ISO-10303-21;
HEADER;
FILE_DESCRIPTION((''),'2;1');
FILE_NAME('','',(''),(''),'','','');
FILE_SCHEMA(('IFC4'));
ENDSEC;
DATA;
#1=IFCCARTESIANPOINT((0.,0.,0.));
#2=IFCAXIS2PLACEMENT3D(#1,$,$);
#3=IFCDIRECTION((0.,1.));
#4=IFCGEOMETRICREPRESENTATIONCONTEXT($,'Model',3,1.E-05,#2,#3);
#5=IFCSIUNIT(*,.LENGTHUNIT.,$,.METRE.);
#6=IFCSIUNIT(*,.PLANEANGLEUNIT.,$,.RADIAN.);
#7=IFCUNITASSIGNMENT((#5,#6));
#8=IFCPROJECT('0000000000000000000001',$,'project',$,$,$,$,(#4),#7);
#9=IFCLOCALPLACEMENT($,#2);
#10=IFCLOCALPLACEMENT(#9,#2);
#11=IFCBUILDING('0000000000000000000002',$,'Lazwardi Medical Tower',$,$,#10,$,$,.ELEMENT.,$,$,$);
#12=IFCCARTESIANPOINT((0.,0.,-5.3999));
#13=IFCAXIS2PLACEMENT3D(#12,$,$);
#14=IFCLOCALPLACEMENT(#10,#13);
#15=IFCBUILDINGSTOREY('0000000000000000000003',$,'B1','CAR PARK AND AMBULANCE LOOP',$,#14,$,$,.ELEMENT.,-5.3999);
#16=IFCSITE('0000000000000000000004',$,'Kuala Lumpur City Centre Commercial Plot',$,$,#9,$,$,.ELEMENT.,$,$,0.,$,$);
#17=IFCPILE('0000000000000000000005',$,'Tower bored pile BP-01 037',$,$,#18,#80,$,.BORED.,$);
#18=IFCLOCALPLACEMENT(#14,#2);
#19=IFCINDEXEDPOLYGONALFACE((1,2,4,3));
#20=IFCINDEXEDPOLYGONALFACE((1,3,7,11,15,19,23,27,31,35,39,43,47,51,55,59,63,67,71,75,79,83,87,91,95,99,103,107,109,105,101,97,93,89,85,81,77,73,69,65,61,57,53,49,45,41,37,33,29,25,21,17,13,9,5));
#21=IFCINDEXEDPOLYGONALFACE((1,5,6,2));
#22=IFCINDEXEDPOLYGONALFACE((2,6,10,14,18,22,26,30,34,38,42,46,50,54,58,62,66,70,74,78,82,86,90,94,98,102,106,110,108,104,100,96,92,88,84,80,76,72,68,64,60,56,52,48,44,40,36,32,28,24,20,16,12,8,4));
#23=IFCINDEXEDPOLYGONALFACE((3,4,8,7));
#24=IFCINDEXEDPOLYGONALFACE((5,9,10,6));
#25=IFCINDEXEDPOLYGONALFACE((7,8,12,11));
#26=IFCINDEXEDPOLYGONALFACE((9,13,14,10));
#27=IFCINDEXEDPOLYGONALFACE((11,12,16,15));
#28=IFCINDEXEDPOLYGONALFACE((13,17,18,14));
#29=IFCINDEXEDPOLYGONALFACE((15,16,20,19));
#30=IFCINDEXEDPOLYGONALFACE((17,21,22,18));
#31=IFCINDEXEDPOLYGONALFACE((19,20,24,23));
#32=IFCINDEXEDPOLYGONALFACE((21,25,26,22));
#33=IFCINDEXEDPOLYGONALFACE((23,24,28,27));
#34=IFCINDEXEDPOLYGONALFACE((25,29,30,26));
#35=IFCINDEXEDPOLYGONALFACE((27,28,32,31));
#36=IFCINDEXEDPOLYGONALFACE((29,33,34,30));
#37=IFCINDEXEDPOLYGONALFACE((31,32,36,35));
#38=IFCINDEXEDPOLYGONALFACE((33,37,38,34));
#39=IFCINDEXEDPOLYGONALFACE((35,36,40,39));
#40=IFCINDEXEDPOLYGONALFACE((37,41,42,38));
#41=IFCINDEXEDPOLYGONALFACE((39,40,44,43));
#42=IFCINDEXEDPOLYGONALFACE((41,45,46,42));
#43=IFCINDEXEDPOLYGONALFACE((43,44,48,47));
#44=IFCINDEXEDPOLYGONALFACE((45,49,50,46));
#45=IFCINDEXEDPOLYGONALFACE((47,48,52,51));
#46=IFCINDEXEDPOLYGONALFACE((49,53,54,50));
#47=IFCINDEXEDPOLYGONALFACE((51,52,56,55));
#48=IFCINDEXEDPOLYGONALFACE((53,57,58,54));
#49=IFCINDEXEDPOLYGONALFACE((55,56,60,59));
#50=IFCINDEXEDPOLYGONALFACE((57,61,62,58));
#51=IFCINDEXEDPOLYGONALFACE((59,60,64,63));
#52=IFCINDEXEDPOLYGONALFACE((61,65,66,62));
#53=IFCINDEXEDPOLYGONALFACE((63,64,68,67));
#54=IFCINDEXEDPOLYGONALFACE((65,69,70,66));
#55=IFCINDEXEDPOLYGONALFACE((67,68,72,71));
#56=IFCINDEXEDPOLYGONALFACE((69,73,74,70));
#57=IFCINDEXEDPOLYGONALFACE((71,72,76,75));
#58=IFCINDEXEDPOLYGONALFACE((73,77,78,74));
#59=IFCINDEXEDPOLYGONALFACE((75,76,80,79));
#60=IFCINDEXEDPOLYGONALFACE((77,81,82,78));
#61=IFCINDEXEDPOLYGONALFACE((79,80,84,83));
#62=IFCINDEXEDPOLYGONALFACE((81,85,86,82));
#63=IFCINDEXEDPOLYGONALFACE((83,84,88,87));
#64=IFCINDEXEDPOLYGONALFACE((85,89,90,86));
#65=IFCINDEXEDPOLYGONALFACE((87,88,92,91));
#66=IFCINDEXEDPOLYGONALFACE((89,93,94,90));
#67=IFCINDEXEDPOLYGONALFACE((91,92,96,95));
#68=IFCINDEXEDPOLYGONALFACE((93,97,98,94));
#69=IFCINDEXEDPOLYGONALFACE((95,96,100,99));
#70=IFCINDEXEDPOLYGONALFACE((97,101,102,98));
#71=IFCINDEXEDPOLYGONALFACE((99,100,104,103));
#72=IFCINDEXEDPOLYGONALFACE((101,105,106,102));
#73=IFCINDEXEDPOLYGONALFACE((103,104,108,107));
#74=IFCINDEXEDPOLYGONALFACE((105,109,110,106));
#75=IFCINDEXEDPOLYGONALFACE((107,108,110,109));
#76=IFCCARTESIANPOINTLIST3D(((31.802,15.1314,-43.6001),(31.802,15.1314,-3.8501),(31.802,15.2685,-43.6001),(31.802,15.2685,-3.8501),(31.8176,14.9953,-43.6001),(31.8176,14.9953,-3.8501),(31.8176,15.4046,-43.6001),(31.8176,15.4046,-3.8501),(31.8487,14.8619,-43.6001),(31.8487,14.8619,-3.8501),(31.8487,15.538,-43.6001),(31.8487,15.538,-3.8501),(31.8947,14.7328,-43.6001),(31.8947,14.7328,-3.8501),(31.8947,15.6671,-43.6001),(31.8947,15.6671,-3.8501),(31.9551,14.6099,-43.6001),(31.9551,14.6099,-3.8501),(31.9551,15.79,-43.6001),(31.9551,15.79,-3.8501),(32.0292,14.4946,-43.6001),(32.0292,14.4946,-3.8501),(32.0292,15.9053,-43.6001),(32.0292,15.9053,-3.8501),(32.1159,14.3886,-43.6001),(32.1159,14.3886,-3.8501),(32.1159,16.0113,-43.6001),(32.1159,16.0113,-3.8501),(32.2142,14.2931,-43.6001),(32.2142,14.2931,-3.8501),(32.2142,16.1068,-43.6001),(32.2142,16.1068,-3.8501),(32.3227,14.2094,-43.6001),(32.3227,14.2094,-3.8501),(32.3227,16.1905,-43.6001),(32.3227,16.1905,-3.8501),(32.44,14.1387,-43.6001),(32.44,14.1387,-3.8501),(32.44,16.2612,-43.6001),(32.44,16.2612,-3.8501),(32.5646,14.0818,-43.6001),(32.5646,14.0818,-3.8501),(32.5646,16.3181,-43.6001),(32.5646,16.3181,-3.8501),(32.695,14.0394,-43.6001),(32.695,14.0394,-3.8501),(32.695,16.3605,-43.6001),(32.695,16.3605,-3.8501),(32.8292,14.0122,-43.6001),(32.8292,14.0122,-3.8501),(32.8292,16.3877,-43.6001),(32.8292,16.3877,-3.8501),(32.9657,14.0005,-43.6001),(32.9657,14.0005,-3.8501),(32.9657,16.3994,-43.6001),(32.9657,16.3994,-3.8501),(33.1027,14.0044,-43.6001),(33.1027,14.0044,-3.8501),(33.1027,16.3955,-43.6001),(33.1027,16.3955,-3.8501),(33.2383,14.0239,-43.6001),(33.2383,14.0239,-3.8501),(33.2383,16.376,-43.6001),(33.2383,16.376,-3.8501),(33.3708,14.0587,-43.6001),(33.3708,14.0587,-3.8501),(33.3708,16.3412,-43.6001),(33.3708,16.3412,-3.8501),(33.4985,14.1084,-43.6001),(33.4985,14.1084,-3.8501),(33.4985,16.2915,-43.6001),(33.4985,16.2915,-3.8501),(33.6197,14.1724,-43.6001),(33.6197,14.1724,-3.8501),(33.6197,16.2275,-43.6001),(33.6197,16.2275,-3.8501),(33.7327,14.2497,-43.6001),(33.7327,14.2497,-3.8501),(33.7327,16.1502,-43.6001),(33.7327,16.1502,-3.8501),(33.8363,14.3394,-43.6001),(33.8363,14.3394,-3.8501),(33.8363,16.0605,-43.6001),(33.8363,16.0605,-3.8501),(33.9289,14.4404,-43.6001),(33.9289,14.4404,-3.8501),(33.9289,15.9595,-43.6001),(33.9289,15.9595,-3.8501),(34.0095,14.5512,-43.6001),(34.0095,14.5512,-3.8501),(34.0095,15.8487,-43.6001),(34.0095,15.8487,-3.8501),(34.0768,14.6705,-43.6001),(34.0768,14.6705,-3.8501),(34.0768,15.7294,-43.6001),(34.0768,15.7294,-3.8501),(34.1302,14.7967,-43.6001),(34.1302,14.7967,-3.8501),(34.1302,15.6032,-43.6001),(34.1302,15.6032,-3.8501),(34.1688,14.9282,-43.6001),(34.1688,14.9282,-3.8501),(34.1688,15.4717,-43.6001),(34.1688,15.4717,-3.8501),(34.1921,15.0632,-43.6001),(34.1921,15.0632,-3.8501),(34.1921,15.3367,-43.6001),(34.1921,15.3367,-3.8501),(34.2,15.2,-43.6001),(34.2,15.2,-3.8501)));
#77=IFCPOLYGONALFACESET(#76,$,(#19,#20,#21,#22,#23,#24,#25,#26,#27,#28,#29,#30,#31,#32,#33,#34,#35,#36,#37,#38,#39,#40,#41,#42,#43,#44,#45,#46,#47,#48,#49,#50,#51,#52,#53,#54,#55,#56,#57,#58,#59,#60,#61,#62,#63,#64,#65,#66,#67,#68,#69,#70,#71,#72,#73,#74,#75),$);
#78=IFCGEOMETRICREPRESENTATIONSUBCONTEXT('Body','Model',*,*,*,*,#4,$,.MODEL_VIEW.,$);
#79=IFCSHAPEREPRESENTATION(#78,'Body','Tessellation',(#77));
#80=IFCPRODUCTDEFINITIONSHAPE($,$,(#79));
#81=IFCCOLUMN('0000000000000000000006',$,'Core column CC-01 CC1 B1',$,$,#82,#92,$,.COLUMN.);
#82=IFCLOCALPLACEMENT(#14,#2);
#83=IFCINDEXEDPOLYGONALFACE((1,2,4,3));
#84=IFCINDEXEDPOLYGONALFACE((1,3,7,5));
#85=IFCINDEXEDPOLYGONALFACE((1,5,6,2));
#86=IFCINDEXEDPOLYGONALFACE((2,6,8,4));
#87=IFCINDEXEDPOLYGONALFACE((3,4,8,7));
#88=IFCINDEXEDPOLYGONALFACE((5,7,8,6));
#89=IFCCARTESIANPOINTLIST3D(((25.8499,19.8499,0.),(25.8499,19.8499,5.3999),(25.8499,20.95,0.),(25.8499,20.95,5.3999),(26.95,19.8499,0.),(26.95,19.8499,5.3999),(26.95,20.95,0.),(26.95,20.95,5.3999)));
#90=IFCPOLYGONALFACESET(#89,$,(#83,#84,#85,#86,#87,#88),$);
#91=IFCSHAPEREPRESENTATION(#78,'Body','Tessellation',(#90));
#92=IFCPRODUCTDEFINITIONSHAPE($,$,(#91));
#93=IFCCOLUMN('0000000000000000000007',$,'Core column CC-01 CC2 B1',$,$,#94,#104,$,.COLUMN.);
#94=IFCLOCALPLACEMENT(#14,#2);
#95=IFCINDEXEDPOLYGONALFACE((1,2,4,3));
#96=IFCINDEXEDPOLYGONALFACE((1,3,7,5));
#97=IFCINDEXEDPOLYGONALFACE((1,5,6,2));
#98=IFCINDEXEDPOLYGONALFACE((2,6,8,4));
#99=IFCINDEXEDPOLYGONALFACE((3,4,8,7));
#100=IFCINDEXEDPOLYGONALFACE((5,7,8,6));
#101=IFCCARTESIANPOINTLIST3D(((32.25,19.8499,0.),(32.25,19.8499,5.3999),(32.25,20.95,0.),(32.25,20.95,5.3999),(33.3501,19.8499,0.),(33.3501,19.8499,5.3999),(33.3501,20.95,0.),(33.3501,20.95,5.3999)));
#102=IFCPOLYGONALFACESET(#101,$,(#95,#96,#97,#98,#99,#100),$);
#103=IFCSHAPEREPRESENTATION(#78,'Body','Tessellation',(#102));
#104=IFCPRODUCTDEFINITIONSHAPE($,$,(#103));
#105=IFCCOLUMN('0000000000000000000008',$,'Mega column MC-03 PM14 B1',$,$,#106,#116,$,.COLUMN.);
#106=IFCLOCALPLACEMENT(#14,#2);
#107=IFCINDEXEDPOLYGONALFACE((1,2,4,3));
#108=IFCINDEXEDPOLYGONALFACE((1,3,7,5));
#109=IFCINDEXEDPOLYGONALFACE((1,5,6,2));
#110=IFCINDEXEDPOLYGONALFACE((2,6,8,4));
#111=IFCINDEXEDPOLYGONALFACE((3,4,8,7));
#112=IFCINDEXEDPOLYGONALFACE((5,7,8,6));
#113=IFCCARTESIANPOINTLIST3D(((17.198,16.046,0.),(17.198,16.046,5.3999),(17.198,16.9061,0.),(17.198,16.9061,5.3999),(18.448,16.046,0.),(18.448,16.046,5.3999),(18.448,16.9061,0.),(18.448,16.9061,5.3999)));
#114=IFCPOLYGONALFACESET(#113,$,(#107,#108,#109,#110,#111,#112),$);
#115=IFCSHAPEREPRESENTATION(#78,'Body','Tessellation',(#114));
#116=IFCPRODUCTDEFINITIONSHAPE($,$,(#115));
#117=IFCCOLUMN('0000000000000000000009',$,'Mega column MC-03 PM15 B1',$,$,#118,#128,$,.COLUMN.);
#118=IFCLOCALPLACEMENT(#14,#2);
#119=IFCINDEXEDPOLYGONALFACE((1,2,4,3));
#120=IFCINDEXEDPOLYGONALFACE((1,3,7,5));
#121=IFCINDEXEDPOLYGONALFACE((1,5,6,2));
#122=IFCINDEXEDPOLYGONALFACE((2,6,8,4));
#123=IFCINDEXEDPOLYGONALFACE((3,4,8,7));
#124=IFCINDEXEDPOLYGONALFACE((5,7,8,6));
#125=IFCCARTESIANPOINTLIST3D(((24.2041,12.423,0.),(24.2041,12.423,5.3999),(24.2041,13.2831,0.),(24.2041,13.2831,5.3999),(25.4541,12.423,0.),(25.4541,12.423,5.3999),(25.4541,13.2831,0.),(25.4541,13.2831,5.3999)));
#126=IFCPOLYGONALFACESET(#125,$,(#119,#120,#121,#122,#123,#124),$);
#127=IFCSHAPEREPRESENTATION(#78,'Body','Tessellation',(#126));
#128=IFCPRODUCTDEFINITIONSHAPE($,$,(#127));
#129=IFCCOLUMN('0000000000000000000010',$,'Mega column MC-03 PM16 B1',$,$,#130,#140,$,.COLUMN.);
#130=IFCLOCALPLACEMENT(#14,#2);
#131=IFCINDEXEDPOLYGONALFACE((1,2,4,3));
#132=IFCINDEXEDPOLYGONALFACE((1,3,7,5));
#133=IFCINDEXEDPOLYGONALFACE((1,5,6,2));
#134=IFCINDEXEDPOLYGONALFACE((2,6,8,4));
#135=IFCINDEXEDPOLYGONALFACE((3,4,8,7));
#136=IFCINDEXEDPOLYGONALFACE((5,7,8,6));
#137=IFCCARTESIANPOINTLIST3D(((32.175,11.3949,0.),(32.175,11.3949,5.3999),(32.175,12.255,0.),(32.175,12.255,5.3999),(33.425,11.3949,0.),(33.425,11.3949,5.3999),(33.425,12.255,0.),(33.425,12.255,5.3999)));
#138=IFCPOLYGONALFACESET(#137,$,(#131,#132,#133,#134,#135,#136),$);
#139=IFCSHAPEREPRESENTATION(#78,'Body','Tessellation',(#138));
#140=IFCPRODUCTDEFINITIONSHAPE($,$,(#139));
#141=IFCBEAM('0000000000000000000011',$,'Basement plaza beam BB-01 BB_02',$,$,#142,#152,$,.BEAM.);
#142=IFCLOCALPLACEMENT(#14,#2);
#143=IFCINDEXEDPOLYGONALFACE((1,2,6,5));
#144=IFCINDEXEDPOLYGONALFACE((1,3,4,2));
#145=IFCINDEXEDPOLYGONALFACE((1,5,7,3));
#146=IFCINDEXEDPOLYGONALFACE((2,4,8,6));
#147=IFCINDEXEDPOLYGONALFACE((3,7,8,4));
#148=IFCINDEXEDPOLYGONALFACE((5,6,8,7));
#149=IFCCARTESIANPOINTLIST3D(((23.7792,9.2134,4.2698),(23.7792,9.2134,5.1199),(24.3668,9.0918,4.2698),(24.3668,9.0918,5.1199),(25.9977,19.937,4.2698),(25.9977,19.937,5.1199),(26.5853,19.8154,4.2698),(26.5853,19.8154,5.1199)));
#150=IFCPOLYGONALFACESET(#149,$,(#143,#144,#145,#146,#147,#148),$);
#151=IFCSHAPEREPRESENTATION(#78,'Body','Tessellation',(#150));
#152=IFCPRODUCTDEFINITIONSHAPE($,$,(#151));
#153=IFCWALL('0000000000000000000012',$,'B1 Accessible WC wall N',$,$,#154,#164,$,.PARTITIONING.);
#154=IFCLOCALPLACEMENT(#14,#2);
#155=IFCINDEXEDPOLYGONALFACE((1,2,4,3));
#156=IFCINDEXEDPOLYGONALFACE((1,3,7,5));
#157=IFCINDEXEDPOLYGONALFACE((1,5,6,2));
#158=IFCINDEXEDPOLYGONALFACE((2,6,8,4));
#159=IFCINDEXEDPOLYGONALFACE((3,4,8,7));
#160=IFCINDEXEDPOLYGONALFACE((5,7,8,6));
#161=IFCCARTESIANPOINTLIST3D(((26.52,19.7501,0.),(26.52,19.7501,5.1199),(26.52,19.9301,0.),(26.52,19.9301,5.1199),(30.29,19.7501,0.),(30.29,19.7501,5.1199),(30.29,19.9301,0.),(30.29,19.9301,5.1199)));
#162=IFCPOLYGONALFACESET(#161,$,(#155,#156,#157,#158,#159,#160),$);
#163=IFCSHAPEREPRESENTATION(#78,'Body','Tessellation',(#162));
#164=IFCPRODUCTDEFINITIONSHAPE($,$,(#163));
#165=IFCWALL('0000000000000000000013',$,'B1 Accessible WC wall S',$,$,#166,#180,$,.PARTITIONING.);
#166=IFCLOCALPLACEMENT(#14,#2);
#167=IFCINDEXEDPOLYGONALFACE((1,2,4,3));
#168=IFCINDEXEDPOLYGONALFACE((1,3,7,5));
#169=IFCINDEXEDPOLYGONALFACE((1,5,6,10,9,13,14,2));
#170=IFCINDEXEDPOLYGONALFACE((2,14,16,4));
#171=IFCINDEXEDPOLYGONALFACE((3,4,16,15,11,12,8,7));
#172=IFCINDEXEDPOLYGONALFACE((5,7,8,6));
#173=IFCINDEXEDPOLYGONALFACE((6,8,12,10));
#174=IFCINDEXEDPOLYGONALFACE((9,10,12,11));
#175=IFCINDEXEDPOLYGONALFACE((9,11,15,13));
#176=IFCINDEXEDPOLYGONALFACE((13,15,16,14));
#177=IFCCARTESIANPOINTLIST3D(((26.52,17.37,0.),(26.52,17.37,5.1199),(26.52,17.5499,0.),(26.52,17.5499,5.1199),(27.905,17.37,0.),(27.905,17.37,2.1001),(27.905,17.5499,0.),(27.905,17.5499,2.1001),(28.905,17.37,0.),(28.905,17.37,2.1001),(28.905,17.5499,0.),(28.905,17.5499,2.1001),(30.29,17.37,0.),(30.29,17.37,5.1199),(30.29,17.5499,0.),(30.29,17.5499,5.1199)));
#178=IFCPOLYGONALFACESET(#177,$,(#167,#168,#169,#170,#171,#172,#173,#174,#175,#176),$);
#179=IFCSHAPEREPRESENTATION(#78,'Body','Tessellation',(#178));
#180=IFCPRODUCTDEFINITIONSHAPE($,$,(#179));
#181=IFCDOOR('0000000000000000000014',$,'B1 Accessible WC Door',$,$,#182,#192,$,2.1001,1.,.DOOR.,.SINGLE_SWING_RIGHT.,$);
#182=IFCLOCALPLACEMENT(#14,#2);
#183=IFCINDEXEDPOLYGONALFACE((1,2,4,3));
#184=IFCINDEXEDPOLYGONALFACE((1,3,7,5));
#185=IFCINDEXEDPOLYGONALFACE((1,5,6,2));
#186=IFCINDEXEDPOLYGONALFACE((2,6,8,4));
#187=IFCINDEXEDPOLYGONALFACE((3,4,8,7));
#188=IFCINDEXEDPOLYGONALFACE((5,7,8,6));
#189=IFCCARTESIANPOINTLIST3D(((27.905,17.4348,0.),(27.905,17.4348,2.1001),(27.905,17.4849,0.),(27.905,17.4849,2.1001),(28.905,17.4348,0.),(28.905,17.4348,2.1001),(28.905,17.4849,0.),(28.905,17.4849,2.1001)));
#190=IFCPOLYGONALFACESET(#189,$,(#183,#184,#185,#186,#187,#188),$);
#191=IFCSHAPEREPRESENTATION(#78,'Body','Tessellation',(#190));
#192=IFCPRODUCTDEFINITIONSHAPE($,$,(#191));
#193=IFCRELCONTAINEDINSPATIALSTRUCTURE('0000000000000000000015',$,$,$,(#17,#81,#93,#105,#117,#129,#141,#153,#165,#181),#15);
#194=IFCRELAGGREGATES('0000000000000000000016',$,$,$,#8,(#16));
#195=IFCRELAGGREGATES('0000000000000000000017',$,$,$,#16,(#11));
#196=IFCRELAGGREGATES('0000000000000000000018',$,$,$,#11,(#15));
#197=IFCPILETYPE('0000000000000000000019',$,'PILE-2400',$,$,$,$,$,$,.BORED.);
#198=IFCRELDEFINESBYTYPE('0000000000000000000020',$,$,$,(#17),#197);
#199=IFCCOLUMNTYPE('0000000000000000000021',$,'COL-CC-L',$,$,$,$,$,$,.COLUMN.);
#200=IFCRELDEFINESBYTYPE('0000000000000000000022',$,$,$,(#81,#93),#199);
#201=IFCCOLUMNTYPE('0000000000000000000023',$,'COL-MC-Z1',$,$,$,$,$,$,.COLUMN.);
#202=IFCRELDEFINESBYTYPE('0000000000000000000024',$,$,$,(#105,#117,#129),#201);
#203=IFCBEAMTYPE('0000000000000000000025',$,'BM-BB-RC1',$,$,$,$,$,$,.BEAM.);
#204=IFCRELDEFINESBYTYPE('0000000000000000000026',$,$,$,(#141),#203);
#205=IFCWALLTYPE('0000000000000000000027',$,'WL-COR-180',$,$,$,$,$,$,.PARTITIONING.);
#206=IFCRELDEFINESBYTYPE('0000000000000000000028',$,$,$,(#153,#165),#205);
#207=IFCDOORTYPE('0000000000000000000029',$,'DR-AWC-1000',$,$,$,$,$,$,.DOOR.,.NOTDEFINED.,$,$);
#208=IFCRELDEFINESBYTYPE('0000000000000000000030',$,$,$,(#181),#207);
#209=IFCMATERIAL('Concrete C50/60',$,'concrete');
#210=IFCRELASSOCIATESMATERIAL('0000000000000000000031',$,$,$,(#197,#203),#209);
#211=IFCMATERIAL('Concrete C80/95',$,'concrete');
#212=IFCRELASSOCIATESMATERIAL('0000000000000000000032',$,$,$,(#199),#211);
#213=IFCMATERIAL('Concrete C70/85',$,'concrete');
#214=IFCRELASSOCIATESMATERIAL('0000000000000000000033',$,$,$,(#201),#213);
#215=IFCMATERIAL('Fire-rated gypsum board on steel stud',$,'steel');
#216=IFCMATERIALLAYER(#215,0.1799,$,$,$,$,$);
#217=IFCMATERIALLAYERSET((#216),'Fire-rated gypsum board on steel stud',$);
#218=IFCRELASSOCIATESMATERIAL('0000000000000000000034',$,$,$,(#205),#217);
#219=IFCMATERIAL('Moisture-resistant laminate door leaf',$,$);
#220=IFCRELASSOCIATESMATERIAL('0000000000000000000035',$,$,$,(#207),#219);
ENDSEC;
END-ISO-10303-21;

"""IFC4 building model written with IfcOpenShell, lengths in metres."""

from ifc_helpers import new_model, si_unit, direction, frame, frame_2d, origin, origin_2d, place, context, subcontext, project, spatial, rectangle, circle, extrude, material, layer, layer_set, material_profile, profile_set, type_object, element, fill, save


model = new_model("IFC4")

# Units and contexts
model_context = context("Model", 3, precision=1e-05, world=origin(), true_north=direction((0.0, 1.0)))
body_context = subcontext(model_context, "Body", "Model", "MODEL_VIEW")
ifc_project = project(units=[si_unit("LENGTHUNIT", "METRE"), si_unit("PLANEANGLEUNIT", "RADIAN")], contexts=[model_context])

# Site, building, storey
site_placement = place(None, origin())
site = spatial("IfcSite", under=ifc_project, at=site_placement, Name="Kuala Lumpur City Centre Commercial Plot", CompositionType="ELEMENT", RefElevation=0.0)
building_placement = place(site_placement, origin())
building = spatial("IfcBuilding", under=site, at=building_placement, Name="Lazwardi Medical Tower", CompositionType="ELEMENT")
storey_placement = place(building_placement, frame((0.0, 0.0, -5.3999)))
storey = spatial("IfcBuildingStorey", under=building, at=storey_placement, Name="B1", Description="CAR PARK AND AMBULANCE LOOP", CompositionType="ELEMENT", Elevation=-5.3999)

# Pile
ifc_material_1 = material(Name="Concrete C50/60", Category="concrete")
ifc_material_profile_1 = material_profile(ifc_material_1, circle(Radius=1.2, at=origin_2d()), Name="BORED PILE D2400")
ifc_profile_set_1 = profile_set([ifc_material_profile_1], Name="Concrete C50/60")
pile_type = type_object("IfcPileType", Name="PILE-2400", PredefinedType="BORED", material=ifc_profile_set_1)
for number, where, z_axis, x_axis, name in (
    (1, (33.0, 15.2, -3.8501), (0.0, 0.0, -1.0), (1.0, 0.0, 0.0), "Tower bored pile BP-01 037"),
):
    element("IfcPile", number, at=place(storey_placement, frame(where, z_axis=z_axis, x_axis=x_axis)), inside=storey, type_object=pile_type, Name=name, PredefinedType="BORED", context=body_context, shape_type="SweptSolid", body=[
        extrude(circle(Radius=1.2, at=origin_2d()), origin(), (0.0, 0.0, 1.0), 39.75),
    ])

# Columns
ifc_material_2 = material(Name="Concrete C80/95", Category="concrete")
ifc_material_profile_2 = material_profile(ifc_material_2, rectangle(XDim=1.1001, YDim=1.1001, at=origin_2d()), Name="RC 1100x1100")
ifc_profile_set_2 = profile_set([ifc_material_profile_2], Name="Concrete C80/95")
column_type_1 = type_object("IfcColumnType", Name="COL-CC-L", PredefinedType="COLUMN", material=ifc_profile_set_2)
for number, where, z_axis, x_axis, name in (
    (2, (26.3999, 20.3999, 0.0), (0.0, 0.0, 1.0), (1.0, 0.0, 0.0), "Core column CC-01 CC1 B1"),
    (3, (32.8, 20.3999, 0.0), (0.0, 0.0, 1.0), (1.0, 0.0, 0.0), "Core column CC-01 CC2 B1"),
):
    element("IfcColumn", number, at=place(storey_placement, frame(where, z_axis=z_axis, x_axis=x_axis)), inside=storey, type_object=column_type_1, Name=name, PredefinedType="COLUMN", context=body_context, shape_type="SweptSolid", body=[
        extrude(rectangle(XDim=1.1001, YDim=1.1001, at=origin_2d()), origin(), (0.0, 0.0, 1.0), 5.3999),
    ])
ifc_material_3 = material(Name="Concrete C70/85", Category="concrete")
ifc_material_profile_3 = material_profile(ifc_material_3, rectangle(XDim=1.25, YDim=0.8601, at=origin_2d()), Name="CFT-RECT 1250x860")
ifc_profile_set_3 = profile_set([ifc_material_profile_3], Name="Concrete C70/85")
column_type_2 = type_object("IfcColumnType", Name="COL-MC-Z1", PredefinedType="COLUMN", material=ifc_profile_set_3)
for number, where, z_axis, x_axis, name in (
    (4, (17.823, 16.4761, 0.0), (0.0, 0.0, 1.0), (1.0, 0.0, 0.0), "Mega column MC-03 PM14 B1"),
    (5, (24.8291, 12.853, 0.0), (0.0, 0.0, 1.0), (1.0, 0.0, 0.0), "Mega column MC-03 PM15 B1"),
    (6, (32.8, 11.825, 0.0), (0.0, 0.0, 1.0), (1.0, 0.0, 0.0), "Mega column MC-03 PM16 B1"),
):
    element("IfcColumn", number, at=place(storey_placement, frame(where, z_axis=z_axis, x_axis=x_axis)), inside=storey, type_object=column_type_2, Name=name, PredefinedType="COLUMN", context=body_context, shape_type="SweptSolid", body=[
        extrude(rectangle(XDim=1.25, YDim=0.8601, at=origin_2d()), origin(), (0.0, 0.0, 1.0), 5.3999),
    ])

# Beam
ifc_material_profile_4 = material_profile(ifc_material_1, rectangle(XDim=0.6001, YDim=0.8501, at=origin_2d()), Name="RC 600x850")
ifc_profile_set_4 = profile_set([ifc_material_profile_4], Name="Concrete C50/60")
beam_type = type_object("IfcBeamType", Name="BM-BB-RC1", PredefinedType="BEAM", material=ifc_profile_set_4)
beam_placement = place(storey_placement, frame((24.073, 9.1526, 4.6948), z_axis=(0.20259, 0.979264, 0.0), x_axis=(-0.979264, 0.20259, 0.0)))
element("IfcBeam", 7, at=beam_placement, inside=storey, type_object=beam_type, Name="Basement plaza beam BB-01 BB_02", PredefinedType="BEAM", context=body_context, shape_type="SweptSolid", body=[
    extrude(rectangle(XDim=0.6001, YDim=0.8501, at=origin_2d()), origin(), (0.0, 0.0, 1.0), 10.9507),
])

# Wall
ifc_material_4 = material(Name="Fire-rated gypsum board on steel stud", Category="steel")
ifc_layer_1 = layer(ifc_material_4, 0.1799)
ifc_layer_set_1 = layer_set([ifc_layer_1], Name="Fire-rated gypsum board on steel stud")
wall_type_1 = type_object("IfcWallType", Name="WL-COR-180", PredefinedType="PARTITIONING", material=ifc_layer_set_1)
wall_1_placement = place(storey_placement, frame((26.52, 19.8401, 0.0), z_axis=(0.0, 0.0, 1.0), x_axis=(1.0, 0.0, 0.0)))
element("IfcWall", 8, at=wall_1_placement, inside=storey, type_object=wall_type_1, Name="B1 Accessible WC wall N", PredefinedType="PARTITIONING", context=body_context, shape_type="SweptSolid", body=[
    extrude(rectangle(XDim=3.77, YDim=0.1799, at=frame_2d((1.885, 0.0))), origin(), (0.0, 0.0, 1.0), 5.1199),
])

# Wall, opening, door
wall_2_placement = place(storey_placement, frame((26.52, 17.46, 0.0), z_axis=(0.0, 0.0, 1.0), x_axis=(1.0, 0.0, 0.0)))
wall_2 = element("IfcWall", 9, at=wall_2_placement, inside=storey, type_object=wall_type_1, Name="B1 Accessible WC wall S", PredefinedType="PARTITIONING", context=body_context, shape_type="SweptSolid", body=[
    extrude(rectangle(XDim=3.77, YDim=0.1799, at=frame_2d((1.885, 0.0))), origin(), (0.0, 0.0, 1.0), 5.1199),
])
opening_1_placement = place(wall_2_placement, frame((1.385, 0.0, 0.0)))
opening_1 = element("IfcOpeningElement", 10, at=opening_1_placement, cuts=wall_2, PredefinedType="OPENING", context=body_context, shape_type="SweptSolid", body=[
    extrude(rectangle(XDim=1.0, YDim=2.1001, at=frame_2d((0.5, 1.05))), frame((0.0, 0.0999, 0.0), z_axis=(0.0, -1.0, 0.0), x_axis=(1.0, 0.0, 0.0)), (0.0, 0.0, 1.0), 0.2),
])
ifc_material_5 = material(Name="Moisture-resistant laminate door leaf")
door_type_1 = type_object("IfcDoorType", Name="DR-AWC-1000", OperationType="NOTDEFINED", PredefinedType="DOOR", material=ifc_material_5)
door_1_placement = place(opening_1_placement, origin())
door_1 = element("IfcDoor", 11, at=door_1_placement, inside=storey, type_object=door_type_1, Name="B1 Accessible WC Door", OperationType="SINGLE_SWING_RIGHT", OverallHeight=2.1001, OverallWidth=1.0, PredefinedType="DOOR", context=body_context, shape_type="SweptSolid", body=[
    extrude(rectangle(XDim=1.0, YDim=2.1001, at=frame_2d((0.5, 1.05))), frame((0.0, 0.0249, 0.0), z_axis=(0.0, -1.0, 0.0), x_axis=(1.0, 0.0, 0.0)), (0.0, 0.0, 1.0), 0.05),
])
fill(opening_1, door_1)

save(model, "model.ifc")
